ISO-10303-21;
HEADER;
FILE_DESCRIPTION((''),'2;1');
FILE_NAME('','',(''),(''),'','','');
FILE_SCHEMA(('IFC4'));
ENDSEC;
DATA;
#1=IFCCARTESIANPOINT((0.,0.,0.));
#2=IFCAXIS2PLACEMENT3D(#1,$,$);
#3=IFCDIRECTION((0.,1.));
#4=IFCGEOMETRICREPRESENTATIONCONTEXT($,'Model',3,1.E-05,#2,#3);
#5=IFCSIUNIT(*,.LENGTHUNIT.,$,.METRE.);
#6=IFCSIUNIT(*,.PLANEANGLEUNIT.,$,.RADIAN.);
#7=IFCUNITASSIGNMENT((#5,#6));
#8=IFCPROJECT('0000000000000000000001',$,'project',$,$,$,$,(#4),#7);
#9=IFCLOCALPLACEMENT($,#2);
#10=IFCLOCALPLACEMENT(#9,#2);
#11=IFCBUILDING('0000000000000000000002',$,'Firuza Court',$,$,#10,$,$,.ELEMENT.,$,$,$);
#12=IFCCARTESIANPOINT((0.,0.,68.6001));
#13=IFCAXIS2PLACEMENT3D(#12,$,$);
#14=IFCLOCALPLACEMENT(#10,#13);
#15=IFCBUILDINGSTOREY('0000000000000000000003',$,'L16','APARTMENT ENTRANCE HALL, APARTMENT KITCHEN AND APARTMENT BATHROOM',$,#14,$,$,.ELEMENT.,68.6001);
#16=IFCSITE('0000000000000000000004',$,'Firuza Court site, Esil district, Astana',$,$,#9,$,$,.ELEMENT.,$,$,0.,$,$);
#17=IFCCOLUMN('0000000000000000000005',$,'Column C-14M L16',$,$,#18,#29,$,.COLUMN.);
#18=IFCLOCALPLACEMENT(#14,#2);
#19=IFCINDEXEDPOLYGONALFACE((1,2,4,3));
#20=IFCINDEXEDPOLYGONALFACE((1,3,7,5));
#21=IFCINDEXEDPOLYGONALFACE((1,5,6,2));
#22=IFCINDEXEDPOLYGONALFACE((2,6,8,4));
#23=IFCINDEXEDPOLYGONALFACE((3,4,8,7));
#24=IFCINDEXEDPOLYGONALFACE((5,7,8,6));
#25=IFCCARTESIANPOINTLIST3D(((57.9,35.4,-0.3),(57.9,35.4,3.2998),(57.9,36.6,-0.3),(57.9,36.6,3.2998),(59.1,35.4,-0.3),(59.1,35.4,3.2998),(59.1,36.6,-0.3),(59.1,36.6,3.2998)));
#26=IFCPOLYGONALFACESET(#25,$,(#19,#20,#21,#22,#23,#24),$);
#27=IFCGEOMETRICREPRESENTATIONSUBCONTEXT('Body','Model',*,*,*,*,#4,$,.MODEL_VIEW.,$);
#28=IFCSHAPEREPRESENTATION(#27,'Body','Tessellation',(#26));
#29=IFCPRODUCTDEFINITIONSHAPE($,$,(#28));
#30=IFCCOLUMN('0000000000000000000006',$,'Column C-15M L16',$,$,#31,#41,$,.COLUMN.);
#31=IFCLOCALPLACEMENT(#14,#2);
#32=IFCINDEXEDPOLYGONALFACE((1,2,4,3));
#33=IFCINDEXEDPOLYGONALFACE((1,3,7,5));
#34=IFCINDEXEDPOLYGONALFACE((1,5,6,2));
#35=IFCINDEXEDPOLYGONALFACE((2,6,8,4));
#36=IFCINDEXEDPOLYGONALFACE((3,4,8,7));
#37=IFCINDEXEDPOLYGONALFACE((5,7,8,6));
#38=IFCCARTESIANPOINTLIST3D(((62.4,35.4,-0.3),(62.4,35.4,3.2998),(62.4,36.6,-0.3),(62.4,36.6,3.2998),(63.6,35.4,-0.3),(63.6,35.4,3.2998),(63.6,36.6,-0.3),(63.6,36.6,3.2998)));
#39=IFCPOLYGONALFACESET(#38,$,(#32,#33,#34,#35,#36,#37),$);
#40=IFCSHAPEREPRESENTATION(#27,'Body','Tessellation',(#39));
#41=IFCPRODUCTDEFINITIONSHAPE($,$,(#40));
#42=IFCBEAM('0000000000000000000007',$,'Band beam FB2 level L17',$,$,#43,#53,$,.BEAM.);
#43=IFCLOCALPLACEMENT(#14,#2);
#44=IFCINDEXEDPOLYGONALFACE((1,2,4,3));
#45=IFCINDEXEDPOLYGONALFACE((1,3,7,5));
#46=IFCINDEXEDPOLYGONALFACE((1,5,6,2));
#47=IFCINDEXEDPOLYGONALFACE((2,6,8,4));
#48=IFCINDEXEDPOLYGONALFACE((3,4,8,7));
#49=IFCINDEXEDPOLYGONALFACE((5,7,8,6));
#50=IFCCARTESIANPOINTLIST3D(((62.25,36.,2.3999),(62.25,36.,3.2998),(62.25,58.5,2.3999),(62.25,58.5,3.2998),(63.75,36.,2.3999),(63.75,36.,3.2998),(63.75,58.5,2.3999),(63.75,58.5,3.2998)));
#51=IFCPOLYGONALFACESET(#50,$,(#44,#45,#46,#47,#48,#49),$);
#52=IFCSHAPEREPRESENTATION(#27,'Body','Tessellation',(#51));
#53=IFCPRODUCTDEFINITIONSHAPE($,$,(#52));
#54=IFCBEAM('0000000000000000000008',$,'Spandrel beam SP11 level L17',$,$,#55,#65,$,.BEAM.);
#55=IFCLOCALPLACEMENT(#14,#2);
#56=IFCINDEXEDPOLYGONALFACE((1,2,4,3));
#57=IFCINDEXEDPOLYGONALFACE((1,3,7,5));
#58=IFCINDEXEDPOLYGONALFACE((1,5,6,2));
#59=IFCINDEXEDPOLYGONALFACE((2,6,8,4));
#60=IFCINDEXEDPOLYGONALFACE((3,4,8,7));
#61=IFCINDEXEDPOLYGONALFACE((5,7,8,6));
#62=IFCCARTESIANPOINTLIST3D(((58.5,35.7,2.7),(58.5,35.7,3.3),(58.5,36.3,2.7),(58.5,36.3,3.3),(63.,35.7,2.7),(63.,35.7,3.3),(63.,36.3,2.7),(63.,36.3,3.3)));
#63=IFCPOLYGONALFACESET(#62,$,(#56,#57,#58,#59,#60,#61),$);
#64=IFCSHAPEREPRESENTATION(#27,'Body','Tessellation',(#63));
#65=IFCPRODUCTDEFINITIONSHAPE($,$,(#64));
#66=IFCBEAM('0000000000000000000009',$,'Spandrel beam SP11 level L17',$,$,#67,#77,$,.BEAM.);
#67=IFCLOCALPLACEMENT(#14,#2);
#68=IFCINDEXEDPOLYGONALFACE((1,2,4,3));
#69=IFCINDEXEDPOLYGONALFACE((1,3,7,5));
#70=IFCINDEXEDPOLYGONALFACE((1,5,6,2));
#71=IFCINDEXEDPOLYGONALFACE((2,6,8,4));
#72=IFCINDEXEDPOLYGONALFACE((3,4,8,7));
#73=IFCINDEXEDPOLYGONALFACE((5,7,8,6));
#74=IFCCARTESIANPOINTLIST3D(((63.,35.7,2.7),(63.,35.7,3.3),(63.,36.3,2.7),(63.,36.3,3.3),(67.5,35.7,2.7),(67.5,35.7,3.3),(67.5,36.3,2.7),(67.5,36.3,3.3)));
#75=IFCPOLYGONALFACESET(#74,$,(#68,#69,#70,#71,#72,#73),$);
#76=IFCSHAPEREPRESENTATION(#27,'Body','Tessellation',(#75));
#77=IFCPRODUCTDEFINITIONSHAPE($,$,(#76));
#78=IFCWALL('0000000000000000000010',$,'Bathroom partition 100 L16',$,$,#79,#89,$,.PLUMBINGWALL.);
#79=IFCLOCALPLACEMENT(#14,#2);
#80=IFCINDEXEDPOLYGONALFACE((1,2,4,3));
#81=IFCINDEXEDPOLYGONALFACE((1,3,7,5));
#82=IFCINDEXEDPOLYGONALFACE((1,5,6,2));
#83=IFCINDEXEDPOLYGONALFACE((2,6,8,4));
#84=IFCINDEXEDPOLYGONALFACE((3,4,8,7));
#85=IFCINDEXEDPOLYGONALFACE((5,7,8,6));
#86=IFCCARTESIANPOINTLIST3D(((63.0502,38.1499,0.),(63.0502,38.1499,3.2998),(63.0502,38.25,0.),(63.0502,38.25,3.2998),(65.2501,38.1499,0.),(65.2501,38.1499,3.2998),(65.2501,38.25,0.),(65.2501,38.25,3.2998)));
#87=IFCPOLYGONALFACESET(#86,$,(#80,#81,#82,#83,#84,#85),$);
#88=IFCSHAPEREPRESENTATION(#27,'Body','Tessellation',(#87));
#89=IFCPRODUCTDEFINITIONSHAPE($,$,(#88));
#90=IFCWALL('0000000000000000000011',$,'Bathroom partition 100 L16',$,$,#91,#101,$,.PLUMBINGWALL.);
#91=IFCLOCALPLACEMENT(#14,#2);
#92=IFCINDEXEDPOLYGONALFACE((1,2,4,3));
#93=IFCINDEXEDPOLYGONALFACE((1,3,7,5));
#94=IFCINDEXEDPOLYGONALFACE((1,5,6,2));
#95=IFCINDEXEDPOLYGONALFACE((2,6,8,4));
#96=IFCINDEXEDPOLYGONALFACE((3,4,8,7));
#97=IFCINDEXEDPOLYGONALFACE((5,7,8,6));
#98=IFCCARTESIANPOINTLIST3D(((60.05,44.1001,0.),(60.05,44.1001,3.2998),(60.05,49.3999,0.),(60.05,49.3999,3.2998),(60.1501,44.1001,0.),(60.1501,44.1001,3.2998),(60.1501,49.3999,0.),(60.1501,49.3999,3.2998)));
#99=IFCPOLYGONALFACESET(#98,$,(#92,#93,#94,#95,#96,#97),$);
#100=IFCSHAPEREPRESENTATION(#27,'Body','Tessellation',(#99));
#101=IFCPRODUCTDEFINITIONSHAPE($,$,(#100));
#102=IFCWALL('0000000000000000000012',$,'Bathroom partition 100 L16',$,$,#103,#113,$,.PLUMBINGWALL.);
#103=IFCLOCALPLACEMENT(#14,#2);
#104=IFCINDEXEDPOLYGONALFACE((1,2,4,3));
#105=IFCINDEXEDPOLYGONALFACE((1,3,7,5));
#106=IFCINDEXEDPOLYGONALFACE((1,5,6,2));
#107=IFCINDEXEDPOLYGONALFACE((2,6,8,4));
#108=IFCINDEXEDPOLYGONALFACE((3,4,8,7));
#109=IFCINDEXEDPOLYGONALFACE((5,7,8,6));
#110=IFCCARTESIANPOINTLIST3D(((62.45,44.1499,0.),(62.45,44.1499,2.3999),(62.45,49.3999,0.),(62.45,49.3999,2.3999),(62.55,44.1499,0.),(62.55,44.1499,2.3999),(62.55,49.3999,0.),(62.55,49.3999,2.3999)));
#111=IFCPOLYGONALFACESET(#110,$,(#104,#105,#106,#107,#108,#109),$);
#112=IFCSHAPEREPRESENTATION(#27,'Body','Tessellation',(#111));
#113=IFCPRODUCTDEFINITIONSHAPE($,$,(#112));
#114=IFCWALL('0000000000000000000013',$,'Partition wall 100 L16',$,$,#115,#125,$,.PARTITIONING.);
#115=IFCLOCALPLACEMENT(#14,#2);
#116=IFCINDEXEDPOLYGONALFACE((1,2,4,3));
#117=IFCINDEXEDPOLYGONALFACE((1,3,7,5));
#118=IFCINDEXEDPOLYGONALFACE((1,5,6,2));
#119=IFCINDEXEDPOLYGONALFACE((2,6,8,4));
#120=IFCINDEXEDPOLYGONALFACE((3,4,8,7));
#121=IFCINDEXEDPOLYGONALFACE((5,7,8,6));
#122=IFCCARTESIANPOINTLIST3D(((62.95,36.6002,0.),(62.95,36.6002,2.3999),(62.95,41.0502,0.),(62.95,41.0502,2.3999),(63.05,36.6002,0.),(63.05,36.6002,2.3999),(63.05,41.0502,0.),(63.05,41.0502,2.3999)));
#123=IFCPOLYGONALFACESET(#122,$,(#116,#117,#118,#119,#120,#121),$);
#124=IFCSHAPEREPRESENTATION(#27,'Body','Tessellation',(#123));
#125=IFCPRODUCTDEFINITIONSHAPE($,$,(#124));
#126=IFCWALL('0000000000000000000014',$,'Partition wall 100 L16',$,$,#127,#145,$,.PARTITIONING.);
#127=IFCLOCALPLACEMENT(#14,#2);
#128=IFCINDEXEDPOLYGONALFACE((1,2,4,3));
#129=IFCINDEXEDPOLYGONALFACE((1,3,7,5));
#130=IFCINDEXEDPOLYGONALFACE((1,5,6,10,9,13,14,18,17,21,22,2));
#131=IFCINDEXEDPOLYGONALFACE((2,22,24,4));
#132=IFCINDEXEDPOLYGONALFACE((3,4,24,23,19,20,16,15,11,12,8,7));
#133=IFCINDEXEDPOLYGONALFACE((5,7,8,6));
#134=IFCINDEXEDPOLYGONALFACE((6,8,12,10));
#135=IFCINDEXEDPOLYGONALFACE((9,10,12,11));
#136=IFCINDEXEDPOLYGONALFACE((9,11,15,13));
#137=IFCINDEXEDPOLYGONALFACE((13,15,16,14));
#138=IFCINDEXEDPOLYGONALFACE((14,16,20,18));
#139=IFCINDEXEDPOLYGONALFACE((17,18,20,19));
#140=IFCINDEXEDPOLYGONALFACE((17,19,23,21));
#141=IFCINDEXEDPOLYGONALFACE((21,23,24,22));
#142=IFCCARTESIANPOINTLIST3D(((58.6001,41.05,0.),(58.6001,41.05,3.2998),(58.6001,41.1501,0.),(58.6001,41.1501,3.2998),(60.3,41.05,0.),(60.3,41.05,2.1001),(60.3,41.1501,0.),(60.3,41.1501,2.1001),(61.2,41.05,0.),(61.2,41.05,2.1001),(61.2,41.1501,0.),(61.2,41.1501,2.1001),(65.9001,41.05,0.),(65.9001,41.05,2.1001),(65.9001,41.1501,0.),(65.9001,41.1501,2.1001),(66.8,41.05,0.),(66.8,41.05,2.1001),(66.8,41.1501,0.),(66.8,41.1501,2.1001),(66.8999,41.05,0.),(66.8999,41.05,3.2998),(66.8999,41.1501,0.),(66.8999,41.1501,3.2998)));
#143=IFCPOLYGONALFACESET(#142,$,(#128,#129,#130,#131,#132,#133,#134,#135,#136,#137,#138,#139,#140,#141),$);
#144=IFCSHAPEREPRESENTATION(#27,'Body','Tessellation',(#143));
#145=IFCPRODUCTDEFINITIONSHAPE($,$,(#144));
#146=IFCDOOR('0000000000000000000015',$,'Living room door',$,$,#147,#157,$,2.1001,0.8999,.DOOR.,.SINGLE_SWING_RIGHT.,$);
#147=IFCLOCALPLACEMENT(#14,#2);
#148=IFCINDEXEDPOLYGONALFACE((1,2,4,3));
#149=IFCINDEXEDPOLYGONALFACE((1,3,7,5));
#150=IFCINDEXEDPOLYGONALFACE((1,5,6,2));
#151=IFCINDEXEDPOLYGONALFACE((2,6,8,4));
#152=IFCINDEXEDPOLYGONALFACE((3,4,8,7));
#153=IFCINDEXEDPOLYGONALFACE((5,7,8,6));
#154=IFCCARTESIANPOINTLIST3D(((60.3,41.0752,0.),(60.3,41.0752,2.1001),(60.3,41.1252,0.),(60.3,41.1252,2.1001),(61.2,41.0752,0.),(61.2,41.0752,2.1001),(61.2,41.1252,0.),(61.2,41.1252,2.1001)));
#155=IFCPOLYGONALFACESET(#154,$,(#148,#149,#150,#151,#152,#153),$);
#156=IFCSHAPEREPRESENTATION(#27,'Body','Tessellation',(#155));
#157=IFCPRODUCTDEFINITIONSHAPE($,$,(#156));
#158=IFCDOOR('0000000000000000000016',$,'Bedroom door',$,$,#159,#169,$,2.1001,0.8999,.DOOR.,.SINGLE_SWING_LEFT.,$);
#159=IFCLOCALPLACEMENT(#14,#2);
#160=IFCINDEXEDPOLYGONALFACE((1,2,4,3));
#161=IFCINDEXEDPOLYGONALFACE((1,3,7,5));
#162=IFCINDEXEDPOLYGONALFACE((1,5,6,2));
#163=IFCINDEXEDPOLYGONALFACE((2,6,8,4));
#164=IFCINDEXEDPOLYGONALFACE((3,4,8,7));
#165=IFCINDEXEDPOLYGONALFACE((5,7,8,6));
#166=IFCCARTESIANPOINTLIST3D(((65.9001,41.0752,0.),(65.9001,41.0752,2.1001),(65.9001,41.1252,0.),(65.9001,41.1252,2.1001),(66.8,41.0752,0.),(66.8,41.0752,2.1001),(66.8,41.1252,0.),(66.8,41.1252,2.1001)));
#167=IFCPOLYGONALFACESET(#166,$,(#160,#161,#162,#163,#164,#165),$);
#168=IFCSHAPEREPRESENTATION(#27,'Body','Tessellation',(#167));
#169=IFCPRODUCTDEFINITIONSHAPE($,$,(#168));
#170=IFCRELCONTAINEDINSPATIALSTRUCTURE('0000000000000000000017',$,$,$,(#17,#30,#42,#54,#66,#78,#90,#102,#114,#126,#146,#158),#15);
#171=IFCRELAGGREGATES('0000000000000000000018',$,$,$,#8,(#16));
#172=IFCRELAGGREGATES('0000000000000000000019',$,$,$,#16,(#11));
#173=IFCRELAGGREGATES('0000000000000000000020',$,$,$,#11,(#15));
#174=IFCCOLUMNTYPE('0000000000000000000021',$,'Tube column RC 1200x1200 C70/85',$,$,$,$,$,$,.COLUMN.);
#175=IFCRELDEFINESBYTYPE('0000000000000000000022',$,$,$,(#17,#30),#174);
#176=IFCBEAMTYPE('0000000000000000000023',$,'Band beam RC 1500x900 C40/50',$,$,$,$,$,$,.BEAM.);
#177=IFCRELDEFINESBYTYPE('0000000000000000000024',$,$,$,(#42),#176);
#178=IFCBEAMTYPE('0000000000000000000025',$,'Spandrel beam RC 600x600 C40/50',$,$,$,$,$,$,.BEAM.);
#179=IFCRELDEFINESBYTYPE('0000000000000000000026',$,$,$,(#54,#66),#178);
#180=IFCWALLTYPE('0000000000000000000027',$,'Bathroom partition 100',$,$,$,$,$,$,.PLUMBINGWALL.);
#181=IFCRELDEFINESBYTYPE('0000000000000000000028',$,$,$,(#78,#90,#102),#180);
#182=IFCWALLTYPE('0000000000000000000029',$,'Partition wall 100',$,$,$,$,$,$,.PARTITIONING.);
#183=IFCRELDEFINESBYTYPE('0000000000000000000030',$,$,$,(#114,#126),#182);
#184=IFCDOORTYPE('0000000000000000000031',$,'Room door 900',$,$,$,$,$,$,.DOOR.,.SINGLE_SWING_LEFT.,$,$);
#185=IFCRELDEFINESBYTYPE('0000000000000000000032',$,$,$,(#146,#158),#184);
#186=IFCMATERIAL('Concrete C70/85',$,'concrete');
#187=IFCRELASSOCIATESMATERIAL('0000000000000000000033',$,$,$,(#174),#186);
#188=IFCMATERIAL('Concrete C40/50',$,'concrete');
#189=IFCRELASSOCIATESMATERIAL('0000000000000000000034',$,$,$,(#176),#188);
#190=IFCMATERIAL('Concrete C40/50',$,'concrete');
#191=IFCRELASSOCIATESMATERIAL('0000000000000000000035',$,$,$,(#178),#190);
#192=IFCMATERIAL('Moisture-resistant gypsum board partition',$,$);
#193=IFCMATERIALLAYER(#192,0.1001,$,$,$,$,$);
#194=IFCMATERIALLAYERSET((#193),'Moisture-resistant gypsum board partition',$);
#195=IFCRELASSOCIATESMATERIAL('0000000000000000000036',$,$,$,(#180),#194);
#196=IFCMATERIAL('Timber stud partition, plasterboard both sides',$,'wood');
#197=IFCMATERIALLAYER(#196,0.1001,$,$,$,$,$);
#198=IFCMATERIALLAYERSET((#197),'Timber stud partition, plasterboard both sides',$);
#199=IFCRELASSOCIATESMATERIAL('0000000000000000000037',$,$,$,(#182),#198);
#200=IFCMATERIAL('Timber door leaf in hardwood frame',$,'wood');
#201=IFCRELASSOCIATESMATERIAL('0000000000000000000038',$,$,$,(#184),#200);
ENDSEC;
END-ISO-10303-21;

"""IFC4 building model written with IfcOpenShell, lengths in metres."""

from ifc_helpers import new_model, si_unit, direction, frame, frame_2d, origin, origin_2d, place, context, subcontext, project, spatial, rectangle, extrude, material, layer, layer_set, material_profile, profile_set, type_object, element, fill, save


model = new_model("IFC4")

# Units and contexts
model_context = context("Model", 3, precision=1e-05, world=origin(), true_north=direction((0.0, 1.0)))
body_context = subcontext(model_context, "Body", "Model", "MODEL_VIEW")
ifc_project = project(units=[si_unit("LENGTHUNIT", "METRE"), si_unit("PLANEANGLEUNIT", "RADIAN")], contexts=[model_context])

# Site, building, storey
site_placement = place(None, origin())
site = spatial("IfcSite", under=ifc_project, at=site_placement, Name="Firuza Court site, Esil district, Astana", CompositionType="ELEMENT", RefElevation=0.0)
building_placement = place(site_placement, origin())
building = spatial("IfcBuilding", under=site, at=building_placement, Name="Firuza Court", CompositionType="ELEMENT")
storey_placement = place(building_placement, frame((0.0, 0.0, 68.6001)))
storey = spatial("IfcBuildingStorey", under=building, at=storey_placement, Name="L16", Description="APARTMENT ENTRANCE HALL, APARTMENT KITCHEN AND APARTMENT BATHROOM", CompositionType="ELEMENT", Elevation=68.6001)

# Columns
ifc_material_1 = material(Name="Concrete C70/85", Category="concrete")
ifc_material_profile_1 = material_profile(ifc_material_1, rectangle(XDim=1.2, YDim=1.2, at=origin_2d()), Name="RC 1200x1200")
ifc_profile_set_1 = profile_set([ifc_material_profile_1], Name="Concrete C70/85")
column_type = type_object("IfcColumnType", Name="Tube column RC 1200x1200 C70/85", PredefinedType="COLUMN", material=ifc_profile_set_1)
for number, where, z_axis, x_axis, name in (
    (1, (58.5, 36.0, -0.3), (0.0, 0.0, 1.0), (1.0, 0.0, 0.0), "Column C-14M L16"),
    (2, (63.0, 36.0, -0.3), (0.0, 0.0, 1.0), (1.0, 0.0, 0.0), "Column C-15M L16"),
):
    element("IfcColumn", number, at=place(storey_placement, frame(where, z_axis=z_axis, x_axis=x_axis)), inside=storey, type_object=column_type, Name=name, PredefinedType="COLUMN", context=body_context, shape_type="SweptSolid", body=[
        extrude(rectangle(XDim=1.2, YDim=1.2, at=origin_2d()), origin(), (0.0, 0.0, 1.0), 3.5999),
    ])

# Beams
ifc_material_2 = material(Name="Concrete C40/50", Category="concrete")
ifc_material_profile_2 = material_profile(ifc_material_2, rectangle(XDim=1.5, YDim=0.8999, at=origin_2d()), Name="RC 1500x900")
ifc_profile_set_2 = profile_set([ifc_material_profile_2], Name="Concrete C40/50")
beam_type_1 = type_object("IfcBeamType", Name="Band beam RC 1500x900 C40/50", PredefinedType="BEAM", material=ifc_profile_set_2)
beam_placement = place(storey_placement, frame((63.0, 36.0, 2.8499), z_axis=(0.0, 1.0, 0.0), x_axis=(-1.0, 0.0, 0.0)))
element("IfcBeam", 3, at=beam_placement, inside=storey, type_object=beam_type_1, Name="Band beam FB2 level L17", PredefinedType="BEAM", context=body_context, shape_type="SweptSolid", body=[
    extrude(rectangle(XDim=1.5, YDim=0.8999, at=origin_2d()), origin(), (0.0, 0.0, 1.0), 22.5),
])
ifc_material_3 = material(Name="Concrete C40/50", Category="concrete")
ifc_material_profile_3 = material_profile(ifc_material_3, rectangle(XDim=0.6001, YDim=0.6001, at=origin_2d()), Name="RC 600x600")
ifc_profile_set_3 = profile_set([ifc_material_profile_3], Name="Concrete C40/50")
beam_type_2 = type_object("IfcBeamType", Name="Spandrel beam RC 600x600 C40/50", PredefinedType="BEAM", material=ifc_profile_set_3)
for number, where, z_axis, x_axis, name in (
    (4, (58.5, 36.0, 3.0), (1.0, 0.0, 0.0), (0.0, 1.0, 0.0), "Spandrel beam SP11 level L17"),
    (5, (63.0, 36.0, 3.0), (1.0, 0.0, 0.0), (0.0, 1.0, 0.0), "Spandrel beam SP11 level L17"),
):
    element("IfcBeam", number, at=place(storey_placement, frame(where, z_axis=z_axis, x_axis=x_axis)), inside=storey, type_object=beam_type_2, Name=name, PredefinedType="BEAM", context=body_context, shape_type="SweptSolid", body=[
        extrude(rectangle(XDim=0.6001, YDim=0.6001, at=origin_2d()), origin(), (0.0, 0.0, 1.0), 4.5),
    ])

# Walls
ifc_material_4 = material(Name="Moisture-resistant gypsum board partition")
ifc_layer_1 = layer(ifc_material_4, 0.1001)
ifc_layer_set_1 = layer_set([ifc_layer_1], Name="Moisture-resistant gypsum board partition")
wall_type_1 = type_object("IfcWallType", Name="Bathroom partition 100", PredefinedType="PLUMBINGWALL", material=ifc_layer_set_1)
wall_1_placement = place(storey_placement, frame((63.05, 38.2, 0.0), z_axis=(0.0, 0.0, 1.0), x_axis=(1.0, 0.0, 0.0)))
element("IfcWall", 6, at=wall_1_placement, inside=storey, type_object=wall_type_1, Name="Bathroom partition 100 L16", PredefinedType="PLUMBINGWALL", context=body_context, shape_type="SweptSolid", body=[
    extrude(rectangle(XDim=2.2, YDim=0.1001, at=frame_2d((1.1001, 0.0))), origin(), (0.0, 0.0, 1.0), 3.2998),
])
wall_2_placement = place(storey_placement, frame((60.1001, 44.1001, 0.0), z_axis=(0.0, 0.0, 1.0), x_axis=(0.0, 1.0, 0.0)))
element("IfcWall", 7, at=wall_2_placement, inside=storey, type_object=wall_type_1, Name="Bathroom partition 100 L16", PredefinedType="PLUMBINGWALL", context=body_context, shape_type="SweptSolid", body=[
    extrude(rectangle(XDim=5.2998, YDim=0.1001, at=frame_2d((2.6499, 0.0))), origin(), (0.0, 0.0, 1.0), 3.2998),
])
wall_3_placement = place(storey_placement, frame((62.5, 44.1499, 0.0), z_axis=(0.0, 0.0, 1.0), x_axis=(0.0, 1.0, 0.0)))
element("IfcWall", 8, at=wall_3_placement, inside=storey, type_object=wall_type_1, Name="Bathroom partition 100 L16", PredefinedType="PLUMBINGWALL", context=body_context, shape_type="SweptSolid", body=[
    extrude(rectangle(XDim=5.25, YDim=0.1001, at=frame_2d((2.625, 0.0))), origin(), (0.0, 0.0, 1.0), 2.3999),
])
ifc_material_5 = material(Name="Timber stud partition, plasterboard both sides", Category="wood")
ifc_layer_2 = layer(ifc_material_5, 0.1001)
ifc_layer_set_2 = layer_set([ifc_layer_2], Name="Timber stud partition, plasterboard both sides")
wall_type_2 = type_object("IfcWallType", Name="Partition wall 100", PredefinedType="PARTITIONING", material=ifc_layer_set_2)
wall_4_placement = place(storey_placement, frame((63.0, 36.6001, 0.0), z_axis=(0.0, 0.0, 1.0), x_axis=(0.0, 1.0, 0.0)))
element("IfcWall", 9, at=wall_4_placement, inside=storey, type_object=wall_type_2, Name="Partition wall 100 L16", PredefinedType="PARTITIONING", context=body_context, shape_type="SweptSolid", body=[
    extrude(rectangle(XDim=4.45, YDim=0.1001, at=frame_2d((2.2251, 0.0))), origin(), (0.0, 0.0, 1.0), 2.3999),
])

# Wall, openings, doors
wall_5_placement = place(storey_placement, frame((58.6001, 41.1001, 0.0), z_axis=(0.0, 0.0, 1.0), x_axis=(1.0, 0.0, 0.0)))
wall_5 = element("IfcWall", 10, at=wall_5_placement, inside=storey, type_object=wall_type_2, Name="Partition wall 100 L16", PredefinedType="PARTITIONING", context=body_context, shape_type="SweptSolid", body=[
    extrude(rectangle(XDim=8.2998, YDim=0.1001, at=frame_2d((4.1499, 0.0))), origin(), (0.0, 0.0, 1.0), 3.2998),
])
opening_1_placement = place(wall_5_placement, frame((1.7, 0.0, 0.0)))
opening_1 = element("IfcOpeningElement", 11, at=opening_1_placement, cuts=wall_5, PredefinedType="OPENING", context=body_context, shape_type="SweptSolid", body=[
    extrude(rectangle(XDim=0.8999, YDim=2.1001, at=frame_2d((0.45, 1.05))), frame((0.0, 0.062, 0.0), z_axis=(0.0, -1.0, 0.0), x_axis=(1.0, 0.0, 0.0)), (0.0, 0.0, 1.0), 0.124),
])
opening_2_placement = place(wall_5_placement, frame((7.3, 0.0, 0.0)))
opening_2 = element("IfcOpeningElement", 12, at=opening_2_placement, cuts=wall_5, PredefinedType="OPENING", context=body_context, shape_type="SweptSolid", body=[
    extrude(rectangle(XDim=0.8999, YDim=2.1001, at=frame_2d((0.45, 1.05))), frame((0.0, 0.062, 0.0), z_axis=(0.0, -1.0, 0.0), x_axis=(1.0, 0.0, 0.0)), (0.0, 0.0, 1.0), 0.124),
])
ifc_material_6 = material(Name="Timber door leaf in hardwood frame", Category="wood")
door_type_1 = type_object("IfcDoorType", Name="Room door 900", OperationType="SINGLE_SWING_LEFT", PredefinedType="DOOR", material=ifc_material_6)
door_1_placement = place(opening_1_placement, frame((0.8999, 0.0, 0.0), z_axis=(0.0, 0.0, 1.0), x_axis=(-1.0, 0.0, 0.0)))
door_1 = element("IfcDoor", 13, at=door_1_placement, inside=storey, type_object=door_type_1, Name="Living room door", OperationType="SINGLE_SWING_RIGHT", OverallHeight=2.1001, OverallWidth=0.8999, PredefinedType="DOOR", context=body_context, shape_type="SweptSolid", body=[
    extrude(rectangle(XDim=0.8999, YDim=2.1001, at=frame_2d((0.45, 1.05))), frame((0.0, 0.0249, 0.0), z_axis=(0.0, -1.0, 0.0), x_axis=(1.0, 0.0, 0.0)), (0.0, 0.0, 1.0), 0.05),
])
fill(opening_1, door_1)
door_2_placement = place(opening_2_placement, frame((0.8999, 0.0, 0.0), z_axis=(0.0, 0.0, 1.0), x_axis=(-1.0, 0.0, 0.0)))
door_2 = element("IfcDoor", 14, at=door_2_placement, inside=storey, type_object=door_type_1, Name="Bedroom door", OperationType="SINGLE_SWING_LEFT", OverallHeight=2.1001, OverallWidth=0.8999, PredefinedType="DOOR", context=body_context, shape_type="SweptSolid", body=[
    extrude(rectangle(XDim=0.8999, YDim=2.1001, at=frame_2d((0.45, 1.05))), frame((0.0, 0.0249, 0.0), z_axis=(0.0, -1.0, 0.0), x_axis=(1.0, 0.0, 0.0)), (0.0, 0.0, 1.0), 0.05),
])
fill(opening_2, door_2)

save(model, "model.ifc")
